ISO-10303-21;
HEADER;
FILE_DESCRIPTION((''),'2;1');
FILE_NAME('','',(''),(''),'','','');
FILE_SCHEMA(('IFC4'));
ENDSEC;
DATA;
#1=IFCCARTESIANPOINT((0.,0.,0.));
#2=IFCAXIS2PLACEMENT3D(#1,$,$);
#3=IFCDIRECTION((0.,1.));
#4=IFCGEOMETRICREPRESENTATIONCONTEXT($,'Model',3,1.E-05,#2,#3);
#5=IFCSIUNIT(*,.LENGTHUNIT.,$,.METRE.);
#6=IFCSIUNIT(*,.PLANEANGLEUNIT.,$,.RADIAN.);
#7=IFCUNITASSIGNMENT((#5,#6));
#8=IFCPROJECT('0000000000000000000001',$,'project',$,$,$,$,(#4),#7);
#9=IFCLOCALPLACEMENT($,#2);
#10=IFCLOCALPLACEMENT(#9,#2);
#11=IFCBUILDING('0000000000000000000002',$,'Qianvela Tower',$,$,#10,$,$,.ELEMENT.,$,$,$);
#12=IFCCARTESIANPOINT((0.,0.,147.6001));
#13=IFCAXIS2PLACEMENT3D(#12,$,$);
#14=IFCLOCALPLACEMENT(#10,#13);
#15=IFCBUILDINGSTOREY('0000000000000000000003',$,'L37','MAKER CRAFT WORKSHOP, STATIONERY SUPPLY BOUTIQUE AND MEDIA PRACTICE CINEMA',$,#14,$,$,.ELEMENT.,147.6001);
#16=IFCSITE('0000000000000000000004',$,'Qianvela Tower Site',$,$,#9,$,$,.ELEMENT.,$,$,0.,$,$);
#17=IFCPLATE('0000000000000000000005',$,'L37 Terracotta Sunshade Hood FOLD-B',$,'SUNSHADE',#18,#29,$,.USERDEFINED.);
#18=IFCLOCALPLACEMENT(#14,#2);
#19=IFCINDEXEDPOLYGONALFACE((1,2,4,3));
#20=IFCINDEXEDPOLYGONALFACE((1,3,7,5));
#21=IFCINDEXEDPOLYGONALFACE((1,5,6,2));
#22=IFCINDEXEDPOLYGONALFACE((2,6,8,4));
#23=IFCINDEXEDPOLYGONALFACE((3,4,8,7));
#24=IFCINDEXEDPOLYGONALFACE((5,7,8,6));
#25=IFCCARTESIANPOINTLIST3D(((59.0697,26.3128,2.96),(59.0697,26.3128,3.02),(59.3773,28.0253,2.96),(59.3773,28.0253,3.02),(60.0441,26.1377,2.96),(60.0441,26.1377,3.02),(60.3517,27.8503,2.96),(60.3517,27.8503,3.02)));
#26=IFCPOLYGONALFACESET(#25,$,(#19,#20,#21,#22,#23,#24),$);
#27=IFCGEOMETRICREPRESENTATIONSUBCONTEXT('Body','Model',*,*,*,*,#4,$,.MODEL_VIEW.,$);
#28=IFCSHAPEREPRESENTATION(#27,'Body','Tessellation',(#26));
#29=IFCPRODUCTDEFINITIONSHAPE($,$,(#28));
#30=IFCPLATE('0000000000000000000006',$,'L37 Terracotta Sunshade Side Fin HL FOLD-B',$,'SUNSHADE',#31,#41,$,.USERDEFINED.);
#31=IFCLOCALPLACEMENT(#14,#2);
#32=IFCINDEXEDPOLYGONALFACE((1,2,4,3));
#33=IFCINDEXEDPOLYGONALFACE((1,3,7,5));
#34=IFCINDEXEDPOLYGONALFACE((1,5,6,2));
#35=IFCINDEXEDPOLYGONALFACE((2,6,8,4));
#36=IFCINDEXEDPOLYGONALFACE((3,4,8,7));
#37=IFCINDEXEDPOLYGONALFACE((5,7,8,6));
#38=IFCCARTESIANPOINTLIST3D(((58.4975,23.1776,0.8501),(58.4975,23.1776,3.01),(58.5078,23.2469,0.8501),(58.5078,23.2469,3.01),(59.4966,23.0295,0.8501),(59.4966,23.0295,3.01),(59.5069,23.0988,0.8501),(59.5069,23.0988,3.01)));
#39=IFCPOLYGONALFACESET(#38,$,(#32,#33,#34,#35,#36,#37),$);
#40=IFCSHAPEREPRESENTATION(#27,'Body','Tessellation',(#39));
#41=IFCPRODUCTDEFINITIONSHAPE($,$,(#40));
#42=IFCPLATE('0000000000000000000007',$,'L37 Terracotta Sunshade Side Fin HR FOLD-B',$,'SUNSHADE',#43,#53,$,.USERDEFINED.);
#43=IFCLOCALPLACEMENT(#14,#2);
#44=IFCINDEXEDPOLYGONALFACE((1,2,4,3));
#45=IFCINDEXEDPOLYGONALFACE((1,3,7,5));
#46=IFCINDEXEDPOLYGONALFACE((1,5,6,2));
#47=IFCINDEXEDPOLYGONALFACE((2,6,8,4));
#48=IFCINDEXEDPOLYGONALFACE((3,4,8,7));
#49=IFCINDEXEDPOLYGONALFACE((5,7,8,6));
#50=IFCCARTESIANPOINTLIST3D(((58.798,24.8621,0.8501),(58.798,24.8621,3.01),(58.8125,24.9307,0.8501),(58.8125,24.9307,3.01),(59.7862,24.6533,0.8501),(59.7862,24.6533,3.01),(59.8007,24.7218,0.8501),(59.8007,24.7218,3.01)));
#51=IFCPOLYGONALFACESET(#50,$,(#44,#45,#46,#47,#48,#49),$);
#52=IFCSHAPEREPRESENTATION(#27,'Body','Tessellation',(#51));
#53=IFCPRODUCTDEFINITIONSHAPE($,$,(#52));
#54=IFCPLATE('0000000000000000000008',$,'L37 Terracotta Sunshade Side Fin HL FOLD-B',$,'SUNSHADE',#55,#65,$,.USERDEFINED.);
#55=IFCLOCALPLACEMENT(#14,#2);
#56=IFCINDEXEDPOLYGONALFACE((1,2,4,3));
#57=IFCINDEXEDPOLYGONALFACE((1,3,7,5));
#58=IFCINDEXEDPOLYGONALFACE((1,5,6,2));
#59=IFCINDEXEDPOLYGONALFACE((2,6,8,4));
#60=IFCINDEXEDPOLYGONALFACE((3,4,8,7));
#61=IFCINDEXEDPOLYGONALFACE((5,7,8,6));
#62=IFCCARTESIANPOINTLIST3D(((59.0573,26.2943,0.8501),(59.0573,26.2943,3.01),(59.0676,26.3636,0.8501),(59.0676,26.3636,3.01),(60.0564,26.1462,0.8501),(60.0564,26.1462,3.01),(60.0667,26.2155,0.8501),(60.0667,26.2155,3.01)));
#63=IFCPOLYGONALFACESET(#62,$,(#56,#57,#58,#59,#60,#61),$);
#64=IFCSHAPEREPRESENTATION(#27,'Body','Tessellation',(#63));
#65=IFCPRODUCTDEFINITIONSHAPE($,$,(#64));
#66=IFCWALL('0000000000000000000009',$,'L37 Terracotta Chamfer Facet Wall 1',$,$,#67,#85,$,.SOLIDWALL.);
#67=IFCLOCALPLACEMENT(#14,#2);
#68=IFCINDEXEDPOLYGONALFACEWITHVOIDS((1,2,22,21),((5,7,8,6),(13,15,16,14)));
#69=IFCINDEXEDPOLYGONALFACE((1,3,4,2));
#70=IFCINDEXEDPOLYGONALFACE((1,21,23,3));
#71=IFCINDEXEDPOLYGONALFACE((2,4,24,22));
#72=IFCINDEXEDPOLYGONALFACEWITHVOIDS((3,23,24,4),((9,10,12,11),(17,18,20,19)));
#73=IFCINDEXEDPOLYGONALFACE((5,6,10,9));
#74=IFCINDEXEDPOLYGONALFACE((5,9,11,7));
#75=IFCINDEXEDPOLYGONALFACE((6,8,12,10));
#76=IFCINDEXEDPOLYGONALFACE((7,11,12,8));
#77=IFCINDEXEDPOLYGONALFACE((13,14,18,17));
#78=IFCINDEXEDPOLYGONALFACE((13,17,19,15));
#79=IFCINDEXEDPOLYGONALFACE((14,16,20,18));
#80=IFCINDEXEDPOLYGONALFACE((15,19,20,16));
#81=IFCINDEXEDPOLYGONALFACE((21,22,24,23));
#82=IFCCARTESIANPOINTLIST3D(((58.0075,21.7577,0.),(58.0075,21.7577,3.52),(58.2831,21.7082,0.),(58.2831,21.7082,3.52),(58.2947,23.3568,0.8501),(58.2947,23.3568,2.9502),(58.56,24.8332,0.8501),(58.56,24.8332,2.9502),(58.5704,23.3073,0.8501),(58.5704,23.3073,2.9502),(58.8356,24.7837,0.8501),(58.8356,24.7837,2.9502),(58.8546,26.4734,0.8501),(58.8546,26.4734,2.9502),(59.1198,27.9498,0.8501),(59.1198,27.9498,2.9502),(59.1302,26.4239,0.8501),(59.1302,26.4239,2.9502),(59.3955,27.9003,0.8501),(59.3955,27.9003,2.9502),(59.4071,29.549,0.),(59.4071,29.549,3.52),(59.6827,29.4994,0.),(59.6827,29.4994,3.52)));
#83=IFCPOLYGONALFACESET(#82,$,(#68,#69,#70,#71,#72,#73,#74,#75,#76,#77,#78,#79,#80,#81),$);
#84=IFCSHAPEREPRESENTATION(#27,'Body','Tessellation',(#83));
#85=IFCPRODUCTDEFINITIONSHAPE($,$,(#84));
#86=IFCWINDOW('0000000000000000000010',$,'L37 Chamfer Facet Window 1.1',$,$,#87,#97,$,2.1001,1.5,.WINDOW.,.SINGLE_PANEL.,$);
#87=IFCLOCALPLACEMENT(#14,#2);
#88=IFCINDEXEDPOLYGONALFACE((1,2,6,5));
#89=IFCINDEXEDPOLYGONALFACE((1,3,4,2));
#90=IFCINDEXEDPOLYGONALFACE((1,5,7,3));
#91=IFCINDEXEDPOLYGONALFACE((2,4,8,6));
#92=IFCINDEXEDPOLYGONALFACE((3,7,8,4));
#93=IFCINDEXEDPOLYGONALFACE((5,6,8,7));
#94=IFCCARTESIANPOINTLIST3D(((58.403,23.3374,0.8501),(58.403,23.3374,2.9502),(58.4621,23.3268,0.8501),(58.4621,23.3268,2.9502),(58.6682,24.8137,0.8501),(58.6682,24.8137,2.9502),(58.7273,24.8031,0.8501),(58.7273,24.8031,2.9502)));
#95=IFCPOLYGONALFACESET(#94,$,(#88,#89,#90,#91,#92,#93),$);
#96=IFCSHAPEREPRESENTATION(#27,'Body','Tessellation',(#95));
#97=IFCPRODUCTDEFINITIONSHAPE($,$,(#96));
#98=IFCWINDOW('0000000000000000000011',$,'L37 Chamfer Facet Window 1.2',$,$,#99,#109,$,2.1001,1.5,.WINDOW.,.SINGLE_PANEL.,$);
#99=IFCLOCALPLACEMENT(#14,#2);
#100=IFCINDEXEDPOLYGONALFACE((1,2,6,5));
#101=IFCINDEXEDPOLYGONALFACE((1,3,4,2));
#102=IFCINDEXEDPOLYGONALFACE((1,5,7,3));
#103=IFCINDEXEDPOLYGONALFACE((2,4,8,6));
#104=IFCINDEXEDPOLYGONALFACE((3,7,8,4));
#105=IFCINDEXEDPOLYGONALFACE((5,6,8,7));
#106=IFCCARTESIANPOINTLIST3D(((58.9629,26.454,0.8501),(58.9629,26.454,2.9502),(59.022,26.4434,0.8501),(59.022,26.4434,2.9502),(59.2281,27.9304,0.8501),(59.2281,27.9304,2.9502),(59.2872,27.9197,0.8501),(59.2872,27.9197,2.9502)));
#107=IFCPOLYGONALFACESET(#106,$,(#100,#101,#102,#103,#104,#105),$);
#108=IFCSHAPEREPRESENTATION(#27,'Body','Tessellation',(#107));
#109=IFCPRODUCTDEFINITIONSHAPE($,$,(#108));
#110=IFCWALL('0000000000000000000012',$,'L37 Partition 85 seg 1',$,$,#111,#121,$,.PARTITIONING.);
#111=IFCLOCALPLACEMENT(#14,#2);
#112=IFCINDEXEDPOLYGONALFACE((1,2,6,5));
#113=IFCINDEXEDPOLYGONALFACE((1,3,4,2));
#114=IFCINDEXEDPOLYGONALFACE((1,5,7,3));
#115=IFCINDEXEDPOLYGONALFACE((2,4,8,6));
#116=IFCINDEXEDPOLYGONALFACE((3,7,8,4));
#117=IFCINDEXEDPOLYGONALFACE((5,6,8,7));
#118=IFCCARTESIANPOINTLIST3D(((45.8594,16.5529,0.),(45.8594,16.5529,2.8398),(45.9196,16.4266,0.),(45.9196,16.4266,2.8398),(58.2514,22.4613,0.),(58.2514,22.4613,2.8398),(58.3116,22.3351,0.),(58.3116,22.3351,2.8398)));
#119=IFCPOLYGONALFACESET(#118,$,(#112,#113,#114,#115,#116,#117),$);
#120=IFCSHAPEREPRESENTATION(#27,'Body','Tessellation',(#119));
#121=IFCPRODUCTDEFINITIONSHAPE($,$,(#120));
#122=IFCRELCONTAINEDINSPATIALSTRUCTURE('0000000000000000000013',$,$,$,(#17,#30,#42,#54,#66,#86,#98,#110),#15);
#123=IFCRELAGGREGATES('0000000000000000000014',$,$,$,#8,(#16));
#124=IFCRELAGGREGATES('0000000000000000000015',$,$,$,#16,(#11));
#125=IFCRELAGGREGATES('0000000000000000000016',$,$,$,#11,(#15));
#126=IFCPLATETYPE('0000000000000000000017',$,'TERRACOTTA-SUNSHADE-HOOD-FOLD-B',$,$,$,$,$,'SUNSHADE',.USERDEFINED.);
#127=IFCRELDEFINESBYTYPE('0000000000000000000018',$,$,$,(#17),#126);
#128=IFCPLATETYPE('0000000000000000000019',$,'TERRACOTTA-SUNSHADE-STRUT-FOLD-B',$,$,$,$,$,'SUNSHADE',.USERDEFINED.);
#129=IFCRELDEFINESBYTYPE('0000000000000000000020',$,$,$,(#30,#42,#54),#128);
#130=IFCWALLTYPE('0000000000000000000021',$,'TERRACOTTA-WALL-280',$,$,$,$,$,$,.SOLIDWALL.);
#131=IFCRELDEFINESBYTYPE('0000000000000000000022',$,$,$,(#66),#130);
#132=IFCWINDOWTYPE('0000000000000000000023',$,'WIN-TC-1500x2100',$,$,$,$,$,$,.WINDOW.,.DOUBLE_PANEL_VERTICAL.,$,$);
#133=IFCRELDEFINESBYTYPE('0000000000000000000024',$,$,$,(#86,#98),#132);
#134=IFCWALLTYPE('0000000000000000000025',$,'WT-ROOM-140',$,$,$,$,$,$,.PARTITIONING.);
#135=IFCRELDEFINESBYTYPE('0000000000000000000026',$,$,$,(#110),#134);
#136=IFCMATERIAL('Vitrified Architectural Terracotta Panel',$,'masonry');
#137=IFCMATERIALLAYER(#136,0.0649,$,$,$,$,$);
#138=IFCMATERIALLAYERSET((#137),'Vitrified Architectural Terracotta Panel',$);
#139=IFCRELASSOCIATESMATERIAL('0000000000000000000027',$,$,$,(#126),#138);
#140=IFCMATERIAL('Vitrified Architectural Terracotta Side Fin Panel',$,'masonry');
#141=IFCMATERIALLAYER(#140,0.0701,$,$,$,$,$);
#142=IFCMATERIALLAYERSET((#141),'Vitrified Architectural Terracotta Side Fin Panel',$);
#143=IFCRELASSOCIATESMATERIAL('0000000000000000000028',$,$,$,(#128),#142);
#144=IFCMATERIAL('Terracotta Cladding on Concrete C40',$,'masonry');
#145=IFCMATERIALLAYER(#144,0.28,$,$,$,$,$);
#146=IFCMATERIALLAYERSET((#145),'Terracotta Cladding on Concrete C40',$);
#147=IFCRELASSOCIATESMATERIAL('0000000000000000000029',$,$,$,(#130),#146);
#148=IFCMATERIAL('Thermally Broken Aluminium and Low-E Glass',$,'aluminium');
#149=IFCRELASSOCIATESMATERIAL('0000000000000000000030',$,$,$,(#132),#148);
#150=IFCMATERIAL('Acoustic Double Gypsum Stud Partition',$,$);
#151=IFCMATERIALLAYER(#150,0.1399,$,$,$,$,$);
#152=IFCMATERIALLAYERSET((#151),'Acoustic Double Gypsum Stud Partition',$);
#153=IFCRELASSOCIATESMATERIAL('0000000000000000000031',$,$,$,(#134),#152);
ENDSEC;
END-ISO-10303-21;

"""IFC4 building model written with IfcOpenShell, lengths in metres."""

from ifc_helpers import new_model, si_unit, direction, frame, frame_2d, origin, origin_2d, place, context, subcontext, project, spatial, rectangle, extrude, material, layer, layer_set, type_object, element, fill, save


model = new_model("IFC4")

# Units and contexts
model_context = context("Model", 3, precision=1e-05, world=origin(), true_north=direction((0.0, 1.0)))
body_context = subcontext(model_context, "Body", "Model", "MODEL_VIEW")
ifc_project = project(units=[si_unit("LENGTHUNIT", "METRE"), si_unit("PLANEANGLEUNIT", "RADIAN")], contexts=[model_context])

# Site, building, storey
site_placement = place(None, origin())
site = spatial("IfcSite", under=ifc_project, at=site_placement, Name="Qianvela Tower Site", CompositionType="ELEMENT", RefElevation=0.0)
building_placement = place(site_placement, origin())
building = spatial("IfcBuilding", under=site, at=building_placement, Name="Qianvela Tower", CompositionType="ELEMENT")
storey_placement = place(building_placement, frame((0.0, 0.0, 147.6001)))
storey = spatial("IfcBuildingStorey", under=building, at=storey_placement, Name="L37", Description="MAKER CRAFT WORKSHOP, STATIONERY SUPPLY BOUTIQUE AND MEDIA PRACTICE CINEMA", CompositionType="ELEMENT", Elevation=147.6001)

# Plates
ifc_material_1 = material(Name="Vitrified Architectural Terracotta Panel", Category="masonry")
ifc_layer_1 = layer(ifc_material_1, 0.0649)
ifc_layer_set_1 = layer_set([ifc_layer_1], Name="Vitrified Architectural Terracotta Panel")
plate_type_1 = type_object("IfcPlateType", Name="TERRACOTTA-SUNSHADE-HOOD-FOLD-B", ElementType="SUNSHADE", PredefinedType="USERDEFINED", material=ifc_layer_set_1)
for number, where, z_axis, x_axis, name in (
    (1, (59.7107, 27.0815, 2.96), (0.0, 0.0, 1.0), (0.176794, 0.984248, 0.0), "L37 Terracotta Sunshade Hood FOLD-B"),
):
    element("IfcPlate", number, at=place(storey_placement, frame(where, z_axis=z_axis, x_axis=x_axis)), inside=storey, type_object=plate_type_1, Name=name, ObjectType="SUNSHADE", PredefinedType="USERDEFINED", context=body_context, shape_type="SweptSolid", body=[
        extrude(rectangle(XDim=1.74, YDim=0.99, at=origin_2d()), origin(), (0.0, 0.0, 1.0), 0.0601),
    ])
ifc_material_2 = material(Name="Vitrified Architectural Terracotta Side Fin Panel", Category="masonry")
ifc_layer_2 = layer(ifc_material_2, 0.0701)
ifc_layer_set_2 = layer_set([ifc_layer_2], Name="Vitrified Architectural Terracotta Side Fin Panel")
plate_type_2 = type_object("IfcPlateType", Name="TERRACOTTA-SUNSHADE-STRUT-FOLD-B", ElementType="SUNSHADE", PredefinedType="USERDEFINED", material=ifc_layer_set_2)
for number, where, z_axis, x_axis, name in (
    (2, (59.0022, 23.1382, 0.8501), (0.0, 0.0, 1.0), (0.146655, 0.989188, 0.0), "L37 Terracotta Sunshade Side Fin HL FOLD-B"),
    (3, (59.2993, 24.792, 0.8501), (0.0, 0.0, 1.0), (0.206769, 0.97839, 0.0), "L37 Terracotta Sunshade Side Fin HR FOLD-B"),
    (4, (59.562, 26.2549, 0.8501), (0.0, 0.0, 1.0), (0.146655, 0.989188, 0.0), "L37 Terracotta Sunshade Side Fin HL FOLD-B"),
):
    element("IfcPlate", number, at=place(storey_placement, frame(where, z_axis=z_axis, x_axis=x_axis)), inside=storey, type_object=plate_type_2, Name=name, ObjectType="SUNSHADE", PredefinedType="USERDEFINED", context=body_context, shape_type="SweptSolid", body=[
        extrude(rectangle(XDim=0.0701, YDim=1.01, at=origin_2d()), origin(), (0.0, 0.0, 1.0), 2.1599),
    ])

# Wall, openings, windows
ifc_material_3 = material(Name="Terracotta Cladding on Concrete C40", Category="masonry")
ifc_layer_3 = layer(ifc_material_3, 0.28)
ifc_layer_set_3 = layer_set([ifc_layer_3], Name="Terracotta Cladding on Concrete C40")
wall_type_1 = type_object("IfcWallType", Name="TERRACOTTA-WALL-280", PredefinedType="SOLIDWALL", material=ifc_layer_set_3)
wall_1_placement = place(storey_placement, frame((58.1453, 21.7329, 0.0), z_axis=(0.0, 0.0, 1.0), x_axis=(0.176814, 0.984244, 0.0)))
wall_1 = element("IfcWall", 5, at=wall_1_placement, inside=storey, type_object=wall_type_1, Name="L37 Terracotta Chamfer Facet Wall 1", PredefinedType="SOLIDWALL", context=body_context, shape_type="SweptSolid", body=[
    extrude(rectangle(XDim=7.916, YDim=0.28, at=frame_2d((3.958, 0.0))), origin(), (0.0, 0.0, 1.0), 3.52),
])
opening_1_placement = place(wall_1_placement, frame((1.6248, 0.0, 0.8501)))
opening_1 = element("IfcOpeningElement", 6, at=opening_1_placement, cuts=wall_1, PredefinedType="OPENING", context=body_context, shape_type="SweptSolid", body=[
    extrude(rectangle(XDim=1.5, YDim=2.1001, at=frame_2d((0.75, 1.05))), frame((0.0, 0.1499, 0.0), z_axis=(0.0, -1.0, 0.0), x_axis=(1.0, 0.0, 0.0)), (0.0, 0.0, 1.0), 0.3),
])
opening_2_placement = place(wall_1_placement, frame((4.7913, 0.0, 0.8501)))
opening_2 = element("IfcOpeningElement", 7, at=opening_2_placement, cuts=wall_1, PredefinedType="OPENING", context=body_context, shape_type="SweptSolid", body=[
    extrude(rectangle(XDim=1.5, YDim=2.1001, at=frame_2d((0.75, 1.05))), frame((0.0, 0.1499, 0.0), z_axis=(0.0, -1.0, 0.0), x_axis=(1.0, 0.0, 0.0)), (0.0, 0.0, 1.0), 0.3),
])
ifc_material_4 = material(Name="Thermally Broken Aluminium and Low-E Glass", Category="aluminium")
window_type = type_object("IfcWindowType", Name="WIN-TC-1500x2100", PartitioningType="DOUBLE_PANEL_VERTICAL", PredefinedType="WINDOW", material=ifc_material_4)
window_1_placement = place(opening_1_placement, origin())
window_1 = element("IfcWindow", 8, at=window_1_placement, inside=storey, type_object=window_type, Name="L37 Chamfer Facet Window 1.1", OverallHeight=2.1001, OverallWidth=1.5, PartitioningType="SINGLE_PANEL", PredefinedType="WINDOW", context=body_context, shape_type="SweptSolid", body=[
    extrude(rectangle(XDim=1.5, YDim=2.1001, at=frame_2d((0.75, 1.05))), frame((0.0, 0.03, 0.0), z_axis=(0.0, -1.0, 0.0), x_axis=(1.0, 0.0, 0.0)), (0.0, 0.0, 1.0), 0.0601),
])
fill(opening_1, window_1)
window_2_placement = place(opening_2_placement, origin())
window_2 = element("IfcWindow", 9, at=window_2_placement, inside=storey, type_object=window_type, Name="L37 Chamfer Facet Window 1.2", OverallHeight=2.1001, OverallWidth=1.5, PartitioningType="SINGLE_PANEL", PredefinedType="WINDOW", context=body_context, shape_type="SweptSolid", body=[
    extrude(rectangle(XDim=1.5, YDim=2.1001, at=frame_2d((0.75, 1.05))), frame((0.0, 0.03, 0.0), z_axis=(0.0, -1.0, 0.0), x_axis=(1.0, 0.0, 0.0)), (0.0, 0.0, 1.0), 0.0601),
])
fill(opening_2, window_2)

# Wall
ifc_material_5 = material(Name="Acoustic Double Gypsum Stud Partition")
ifc_layer_4 = layer(ifc_material_5, 0.1399)
ifc_layer_set_4 = layer_set([ifc_layer_4], Name="Acoustic Double Gypsum Stud Partition")
wall_type_2 = type_object("IfcWallType", Name="WT-ROOM-140", PredefinedType="PARTITIONING", material=ifc_layer_set_4)
wall_2_placement = place(storey_placement, frame((58.2815, 22.3982, 0.0), z_axis=(0.0, 0.0, 1.0), x_axis=(-0.90265, -0.430376, 0.0)))
element("IfcWall", 10, at=wall_2_placement, inside=storey, type_object=wall_type_2, Name="L37 Partition 85 seg 1", PredefinedType="PARTITIONING", context=body_context, shape_type="SweptSolid", body=[
    extrude(rectangle(XDim=13.7285, YDim=0.1399, at=frame_2d((6.8643, 0.0))), origin(), (0.0, 0.0, 1.0), 2.8398),
])

save(model, "model.ifc")
